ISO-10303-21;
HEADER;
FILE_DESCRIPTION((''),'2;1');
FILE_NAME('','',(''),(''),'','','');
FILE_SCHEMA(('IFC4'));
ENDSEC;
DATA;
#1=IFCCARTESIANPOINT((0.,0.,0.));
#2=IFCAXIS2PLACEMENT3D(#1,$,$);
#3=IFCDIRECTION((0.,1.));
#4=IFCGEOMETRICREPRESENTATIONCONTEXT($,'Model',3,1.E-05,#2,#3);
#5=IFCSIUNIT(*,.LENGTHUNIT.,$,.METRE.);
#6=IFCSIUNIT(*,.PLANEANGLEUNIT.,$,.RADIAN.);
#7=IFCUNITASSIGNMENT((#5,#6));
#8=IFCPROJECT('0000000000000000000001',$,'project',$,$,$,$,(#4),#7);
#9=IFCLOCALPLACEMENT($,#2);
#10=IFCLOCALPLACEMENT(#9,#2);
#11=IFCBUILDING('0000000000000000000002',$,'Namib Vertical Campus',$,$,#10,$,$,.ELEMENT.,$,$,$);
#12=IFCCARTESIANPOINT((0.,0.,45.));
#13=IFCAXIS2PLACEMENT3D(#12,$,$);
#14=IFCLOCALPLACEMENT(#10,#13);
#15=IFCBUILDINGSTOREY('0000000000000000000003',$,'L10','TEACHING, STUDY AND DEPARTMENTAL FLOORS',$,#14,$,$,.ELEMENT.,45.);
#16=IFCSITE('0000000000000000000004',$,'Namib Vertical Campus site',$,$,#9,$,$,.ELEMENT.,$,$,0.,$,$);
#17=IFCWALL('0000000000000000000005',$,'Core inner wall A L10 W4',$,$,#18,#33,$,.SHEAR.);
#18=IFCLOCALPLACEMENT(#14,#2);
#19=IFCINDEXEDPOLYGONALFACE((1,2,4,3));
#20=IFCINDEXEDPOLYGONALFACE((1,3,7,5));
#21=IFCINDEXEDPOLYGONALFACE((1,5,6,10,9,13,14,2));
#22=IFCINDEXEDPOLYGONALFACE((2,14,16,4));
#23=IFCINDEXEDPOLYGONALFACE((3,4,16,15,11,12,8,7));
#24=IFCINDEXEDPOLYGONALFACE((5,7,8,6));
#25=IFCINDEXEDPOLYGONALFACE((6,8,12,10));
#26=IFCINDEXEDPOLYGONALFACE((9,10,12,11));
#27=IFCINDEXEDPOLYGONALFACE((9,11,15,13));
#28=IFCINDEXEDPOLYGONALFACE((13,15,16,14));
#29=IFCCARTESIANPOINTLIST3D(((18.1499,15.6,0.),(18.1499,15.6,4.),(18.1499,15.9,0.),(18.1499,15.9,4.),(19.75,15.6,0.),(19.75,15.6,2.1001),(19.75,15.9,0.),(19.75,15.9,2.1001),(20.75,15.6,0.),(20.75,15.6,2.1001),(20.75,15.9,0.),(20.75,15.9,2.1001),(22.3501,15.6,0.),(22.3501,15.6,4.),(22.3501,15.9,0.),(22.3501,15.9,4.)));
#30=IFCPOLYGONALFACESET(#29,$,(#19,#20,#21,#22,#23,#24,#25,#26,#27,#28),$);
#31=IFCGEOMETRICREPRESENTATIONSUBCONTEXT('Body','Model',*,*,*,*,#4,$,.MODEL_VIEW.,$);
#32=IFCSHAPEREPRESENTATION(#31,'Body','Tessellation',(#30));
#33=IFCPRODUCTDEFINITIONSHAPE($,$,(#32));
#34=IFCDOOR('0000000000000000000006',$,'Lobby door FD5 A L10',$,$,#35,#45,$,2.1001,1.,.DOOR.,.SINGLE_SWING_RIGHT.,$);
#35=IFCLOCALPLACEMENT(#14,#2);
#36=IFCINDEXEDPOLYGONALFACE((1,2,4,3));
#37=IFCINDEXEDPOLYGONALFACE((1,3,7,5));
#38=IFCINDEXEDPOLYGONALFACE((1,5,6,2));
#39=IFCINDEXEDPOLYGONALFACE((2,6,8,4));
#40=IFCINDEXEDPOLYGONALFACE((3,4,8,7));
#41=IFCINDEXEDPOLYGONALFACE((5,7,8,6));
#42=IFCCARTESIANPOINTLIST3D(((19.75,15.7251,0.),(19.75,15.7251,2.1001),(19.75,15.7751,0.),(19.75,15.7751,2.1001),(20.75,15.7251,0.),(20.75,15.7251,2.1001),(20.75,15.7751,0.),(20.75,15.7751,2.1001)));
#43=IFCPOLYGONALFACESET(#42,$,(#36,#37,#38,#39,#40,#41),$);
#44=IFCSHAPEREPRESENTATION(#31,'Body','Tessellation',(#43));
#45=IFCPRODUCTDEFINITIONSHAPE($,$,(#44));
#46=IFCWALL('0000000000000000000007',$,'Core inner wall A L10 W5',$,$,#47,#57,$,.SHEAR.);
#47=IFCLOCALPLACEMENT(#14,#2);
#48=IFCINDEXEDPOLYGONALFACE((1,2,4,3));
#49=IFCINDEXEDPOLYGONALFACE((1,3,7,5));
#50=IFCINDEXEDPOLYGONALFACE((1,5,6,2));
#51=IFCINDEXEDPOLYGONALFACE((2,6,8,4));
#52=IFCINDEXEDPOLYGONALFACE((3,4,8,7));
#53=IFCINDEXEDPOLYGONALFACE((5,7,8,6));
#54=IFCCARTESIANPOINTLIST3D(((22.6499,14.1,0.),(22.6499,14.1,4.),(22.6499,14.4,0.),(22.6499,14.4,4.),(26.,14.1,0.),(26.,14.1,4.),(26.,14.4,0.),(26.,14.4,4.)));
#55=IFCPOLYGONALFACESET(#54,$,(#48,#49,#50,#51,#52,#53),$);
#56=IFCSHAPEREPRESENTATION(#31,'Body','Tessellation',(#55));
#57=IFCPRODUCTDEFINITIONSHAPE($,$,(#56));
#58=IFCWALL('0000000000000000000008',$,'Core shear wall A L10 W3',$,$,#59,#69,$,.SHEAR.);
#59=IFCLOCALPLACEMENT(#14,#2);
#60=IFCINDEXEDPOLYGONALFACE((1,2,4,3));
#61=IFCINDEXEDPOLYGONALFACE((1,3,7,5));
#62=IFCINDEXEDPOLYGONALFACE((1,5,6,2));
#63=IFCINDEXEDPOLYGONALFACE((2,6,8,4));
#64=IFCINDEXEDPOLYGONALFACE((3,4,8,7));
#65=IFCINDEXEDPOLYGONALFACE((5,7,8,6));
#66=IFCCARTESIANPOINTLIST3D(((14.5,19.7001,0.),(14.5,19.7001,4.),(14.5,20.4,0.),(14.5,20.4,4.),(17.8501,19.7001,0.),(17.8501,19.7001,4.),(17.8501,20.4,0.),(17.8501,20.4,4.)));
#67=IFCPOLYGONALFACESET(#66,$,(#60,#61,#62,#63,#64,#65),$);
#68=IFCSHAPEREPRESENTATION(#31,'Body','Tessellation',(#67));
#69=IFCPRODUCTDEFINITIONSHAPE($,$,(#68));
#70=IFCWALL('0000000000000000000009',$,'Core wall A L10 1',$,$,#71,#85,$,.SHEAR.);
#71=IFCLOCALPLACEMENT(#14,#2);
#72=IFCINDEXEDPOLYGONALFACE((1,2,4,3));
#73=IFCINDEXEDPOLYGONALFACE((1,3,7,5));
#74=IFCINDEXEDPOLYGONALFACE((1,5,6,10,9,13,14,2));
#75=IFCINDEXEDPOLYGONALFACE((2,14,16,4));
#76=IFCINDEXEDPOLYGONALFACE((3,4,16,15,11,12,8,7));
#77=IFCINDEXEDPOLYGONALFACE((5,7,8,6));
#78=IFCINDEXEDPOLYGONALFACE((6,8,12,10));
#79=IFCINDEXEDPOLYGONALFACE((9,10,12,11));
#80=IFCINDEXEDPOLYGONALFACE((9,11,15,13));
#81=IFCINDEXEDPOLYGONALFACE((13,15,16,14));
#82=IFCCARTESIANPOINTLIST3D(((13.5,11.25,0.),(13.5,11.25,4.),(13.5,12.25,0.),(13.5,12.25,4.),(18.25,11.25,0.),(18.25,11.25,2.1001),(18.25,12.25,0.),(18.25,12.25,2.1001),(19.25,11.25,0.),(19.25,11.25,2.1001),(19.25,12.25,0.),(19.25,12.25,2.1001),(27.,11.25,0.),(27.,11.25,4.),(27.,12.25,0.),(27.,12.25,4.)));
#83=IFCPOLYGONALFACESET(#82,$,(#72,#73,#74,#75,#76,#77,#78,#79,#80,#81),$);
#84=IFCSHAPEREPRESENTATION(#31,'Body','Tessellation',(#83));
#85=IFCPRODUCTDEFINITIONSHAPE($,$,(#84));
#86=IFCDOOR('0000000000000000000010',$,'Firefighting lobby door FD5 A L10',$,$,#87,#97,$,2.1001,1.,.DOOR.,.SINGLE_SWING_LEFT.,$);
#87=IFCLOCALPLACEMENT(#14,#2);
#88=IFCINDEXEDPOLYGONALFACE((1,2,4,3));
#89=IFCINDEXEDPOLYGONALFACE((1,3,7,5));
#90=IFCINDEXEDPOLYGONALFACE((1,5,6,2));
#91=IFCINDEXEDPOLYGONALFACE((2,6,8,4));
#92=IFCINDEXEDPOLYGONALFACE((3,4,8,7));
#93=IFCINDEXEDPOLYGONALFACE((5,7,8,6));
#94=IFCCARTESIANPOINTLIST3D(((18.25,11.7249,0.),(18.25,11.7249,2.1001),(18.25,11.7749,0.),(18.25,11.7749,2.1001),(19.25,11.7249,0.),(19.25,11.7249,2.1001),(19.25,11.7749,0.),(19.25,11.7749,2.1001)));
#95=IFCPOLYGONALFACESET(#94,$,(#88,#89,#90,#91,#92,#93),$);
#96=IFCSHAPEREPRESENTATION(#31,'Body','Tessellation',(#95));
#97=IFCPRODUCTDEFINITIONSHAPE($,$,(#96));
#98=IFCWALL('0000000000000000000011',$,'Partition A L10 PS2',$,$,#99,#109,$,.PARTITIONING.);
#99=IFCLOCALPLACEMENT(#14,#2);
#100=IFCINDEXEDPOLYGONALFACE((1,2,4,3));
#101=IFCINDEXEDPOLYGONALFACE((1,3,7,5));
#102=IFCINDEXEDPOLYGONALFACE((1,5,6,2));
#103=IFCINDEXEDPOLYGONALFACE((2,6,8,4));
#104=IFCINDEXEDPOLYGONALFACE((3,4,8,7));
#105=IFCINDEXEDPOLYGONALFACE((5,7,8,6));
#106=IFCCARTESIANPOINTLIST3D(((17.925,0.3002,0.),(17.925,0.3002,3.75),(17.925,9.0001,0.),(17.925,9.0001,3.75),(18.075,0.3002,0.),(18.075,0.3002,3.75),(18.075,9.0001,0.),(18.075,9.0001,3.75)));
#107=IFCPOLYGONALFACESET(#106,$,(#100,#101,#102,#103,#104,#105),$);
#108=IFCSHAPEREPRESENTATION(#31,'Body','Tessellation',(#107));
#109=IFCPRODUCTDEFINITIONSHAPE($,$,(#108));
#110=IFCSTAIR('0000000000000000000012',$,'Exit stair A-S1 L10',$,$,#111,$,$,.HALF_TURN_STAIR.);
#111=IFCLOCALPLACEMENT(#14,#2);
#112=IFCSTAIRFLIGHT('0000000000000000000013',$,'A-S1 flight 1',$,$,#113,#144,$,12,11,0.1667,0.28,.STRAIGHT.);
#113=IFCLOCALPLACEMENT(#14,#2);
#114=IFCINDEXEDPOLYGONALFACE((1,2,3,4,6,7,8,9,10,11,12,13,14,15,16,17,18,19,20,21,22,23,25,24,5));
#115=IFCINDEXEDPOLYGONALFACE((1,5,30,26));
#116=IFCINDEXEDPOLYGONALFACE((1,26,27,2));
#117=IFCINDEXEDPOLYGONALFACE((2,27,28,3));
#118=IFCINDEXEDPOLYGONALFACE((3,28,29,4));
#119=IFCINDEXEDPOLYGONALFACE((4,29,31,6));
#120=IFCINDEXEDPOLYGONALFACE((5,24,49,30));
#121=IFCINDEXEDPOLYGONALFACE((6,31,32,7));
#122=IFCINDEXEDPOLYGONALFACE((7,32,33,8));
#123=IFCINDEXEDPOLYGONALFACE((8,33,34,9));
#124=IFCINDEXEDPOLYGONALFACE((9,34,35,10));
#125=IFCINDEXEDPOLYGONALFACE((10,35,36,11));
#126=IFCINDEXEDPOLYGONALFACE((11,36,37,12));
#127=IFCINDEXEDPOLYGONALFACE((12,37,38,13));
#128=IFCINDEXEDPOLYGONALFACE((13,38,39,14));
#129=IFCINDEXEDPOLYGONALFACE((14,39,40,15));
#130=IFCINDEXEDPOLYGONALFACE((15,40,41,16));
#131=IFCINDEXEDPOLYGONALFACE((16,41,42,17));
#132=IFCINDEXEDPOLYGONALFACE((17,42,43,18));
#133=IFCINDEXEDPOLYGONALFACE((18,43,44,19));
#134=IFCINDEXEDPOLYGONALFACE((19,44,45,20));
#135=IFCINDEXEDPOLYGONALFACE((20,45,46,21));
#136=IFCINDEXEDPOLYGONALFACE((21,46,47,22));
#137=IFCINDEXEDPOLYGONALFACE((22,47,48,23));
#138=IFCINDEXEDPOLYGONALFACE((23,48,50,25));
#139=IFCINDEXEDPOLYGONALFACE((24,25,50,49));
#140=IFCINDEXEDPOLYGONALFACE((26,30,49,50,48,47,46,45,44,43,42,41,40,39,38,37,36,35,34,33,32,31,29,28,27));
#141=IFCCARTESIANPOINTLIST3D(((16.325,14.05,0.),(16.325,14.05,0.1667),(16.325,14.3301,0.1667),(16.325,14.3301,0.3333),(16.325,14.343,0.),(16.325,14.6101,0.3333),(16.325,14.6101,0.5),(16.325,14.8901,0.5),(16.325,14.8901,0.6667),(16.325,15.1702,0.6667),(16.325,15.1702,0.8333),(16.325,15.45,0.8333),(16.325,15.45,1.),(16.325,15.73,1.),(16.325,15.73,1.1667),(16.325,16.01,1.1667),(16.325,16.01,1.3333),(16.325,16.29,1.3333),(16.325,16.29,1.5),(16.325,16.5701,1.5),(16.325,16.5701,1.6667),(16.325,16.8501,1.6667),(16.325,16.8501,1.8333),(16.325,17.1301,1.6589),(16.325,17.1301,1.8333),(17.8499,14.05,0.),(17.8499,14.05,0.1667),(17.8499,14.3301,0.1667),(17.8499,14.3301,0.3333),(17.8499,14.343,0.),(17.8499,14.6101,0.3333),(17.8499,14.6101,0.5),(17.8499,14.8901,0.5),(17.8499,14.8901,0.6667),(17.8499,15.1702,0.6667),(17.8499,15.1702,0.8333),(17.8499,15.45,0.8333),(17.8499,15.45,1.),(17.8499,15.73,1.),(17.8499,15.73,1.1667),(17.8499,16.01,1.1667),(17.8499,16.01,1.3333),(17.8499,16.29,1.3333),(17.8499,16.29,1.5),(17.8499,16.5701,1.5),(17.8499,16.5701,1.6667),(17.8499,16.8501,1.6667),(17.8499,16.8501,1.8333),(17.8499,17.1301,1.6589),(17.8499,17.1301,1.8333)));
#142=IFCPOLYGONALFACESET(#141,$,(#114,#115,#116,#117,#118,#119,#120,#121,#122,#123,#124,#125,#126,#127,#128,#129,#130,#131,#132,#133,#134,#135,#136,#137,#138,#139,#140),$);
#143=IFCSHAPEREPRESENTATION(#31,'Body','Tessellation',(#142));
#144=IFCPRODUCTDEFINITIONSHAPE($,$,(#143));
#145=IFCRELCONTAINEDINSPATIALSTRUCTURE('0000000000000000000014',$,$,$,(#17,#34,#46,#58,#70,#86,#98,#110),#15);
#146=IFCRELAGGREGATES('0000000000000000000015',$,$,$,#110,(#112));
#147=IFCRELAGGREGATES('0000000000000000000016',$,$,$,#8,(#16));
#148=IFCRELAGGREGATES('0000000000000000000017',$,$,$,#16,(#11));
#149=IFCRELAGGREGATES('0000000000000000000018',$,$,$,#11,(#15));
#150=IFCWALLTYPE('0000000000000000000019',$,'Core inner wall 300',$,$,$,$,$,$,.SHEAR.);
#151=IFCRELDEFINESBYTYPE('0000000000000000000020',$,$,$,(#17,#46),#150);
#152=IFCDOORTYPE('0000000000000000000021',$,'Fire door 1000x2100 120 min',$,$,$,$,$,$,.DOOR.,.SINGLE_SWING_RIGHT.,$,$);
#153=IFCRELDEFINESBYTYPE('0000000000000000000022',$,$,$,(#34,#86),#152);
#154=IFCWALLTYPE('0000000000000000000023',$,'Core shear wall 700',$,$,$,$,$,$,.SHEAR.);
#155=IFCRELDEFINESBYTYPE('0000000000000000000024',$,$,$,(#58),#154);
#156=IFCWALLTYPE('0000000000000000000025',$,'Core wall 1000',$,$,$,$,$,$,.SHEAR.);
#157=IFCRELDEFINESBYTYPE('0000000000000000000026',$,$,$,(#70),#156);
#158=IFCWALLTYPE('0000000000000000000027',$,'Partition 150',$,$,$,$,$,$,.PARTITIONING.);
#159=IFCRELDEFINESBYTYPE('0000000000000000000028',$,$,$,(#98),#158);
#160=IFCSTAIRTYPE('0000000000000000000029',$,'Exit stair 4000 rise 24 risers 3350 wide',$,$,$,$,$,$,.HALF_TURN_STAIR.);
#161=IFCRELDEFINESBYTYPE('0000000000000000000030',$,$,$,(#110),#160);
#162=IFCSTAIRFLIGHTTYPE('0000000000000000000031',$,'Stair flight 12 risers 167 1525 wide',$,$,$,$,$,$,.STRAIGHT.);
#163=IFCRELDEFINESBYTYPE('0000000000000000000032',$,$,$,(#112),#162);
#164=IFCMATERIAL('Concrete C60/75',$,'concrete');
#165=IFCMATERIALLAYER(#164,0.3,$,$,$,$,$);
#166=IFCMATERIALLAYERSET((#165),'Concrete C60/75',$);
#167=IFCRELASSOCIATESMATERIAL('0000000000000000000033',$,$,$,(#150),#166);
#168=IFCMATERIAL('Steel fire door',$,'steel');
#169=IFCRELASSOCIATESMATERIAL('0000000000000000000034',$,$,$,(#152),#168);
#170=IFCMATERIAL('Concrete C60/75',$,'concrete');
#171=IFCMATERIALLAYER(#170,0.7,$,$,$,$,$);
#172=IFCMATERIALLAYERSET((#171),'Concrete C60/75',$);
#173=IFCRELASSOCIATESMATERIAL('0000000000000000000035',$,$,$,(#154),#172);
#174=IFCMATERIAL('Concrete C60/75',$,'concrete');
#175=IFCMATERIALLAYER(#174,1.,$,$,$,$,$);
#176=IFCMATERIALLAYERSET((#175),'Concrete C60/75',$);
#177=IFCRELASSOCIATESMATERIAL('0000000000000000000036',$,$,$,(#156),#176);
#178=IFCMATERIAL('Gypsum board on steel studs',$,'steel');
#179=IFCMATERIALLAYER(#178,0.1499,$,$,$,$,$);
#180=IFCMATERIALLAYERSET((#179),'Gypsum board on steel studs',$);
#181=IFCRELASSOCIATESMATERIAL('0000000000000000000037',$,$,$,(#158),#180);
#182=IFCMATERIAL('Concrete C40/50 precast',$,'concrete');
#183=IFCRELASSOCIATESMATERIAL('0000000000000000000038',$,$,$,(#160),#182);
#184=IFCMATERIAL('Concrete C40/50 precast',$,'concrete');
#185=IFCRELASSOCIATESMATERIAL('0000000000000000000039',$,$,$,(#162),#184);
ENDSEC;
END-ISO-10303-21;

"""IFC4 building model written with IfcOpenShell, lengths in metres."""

from ifc_helpers import new_model, si_unit, direction, frame, frame_2d, origin, place, context, subcontext, project, spatial, polyline, rectangle, outline, extrude, material, layer, layer_set, type_object, element, fill, aggregate, save


model = new_model("IFC4")

# Units and contexts
model_context = context("Model", 3, precision=1e-05, world=origin(), true_north=direction((0.0, 1.0)))
body_context = subcontext(model_context, "Body", "Model", "MODEL_VIEW")
ifc_project = project(units=[si_unit("LENGTHUNIT", "METRE"), si_unit("PLANEANGLEUNIT", "RADIAN")], contexts=[model_context])

# Site, building, storey
site_placement = place(None, origin())
site = spatial("IfcSite", under=ifc_project, at=site_placement, Name="Namib Vertical Campus site", CompositionType="ELEMENT", RefElevation=0.0)
building_placement = place(site_placement, origin())
building = spatial("IfcBuilding", under=site, at=building_placement, Name="Namib Vertical Campus", CompositionType="ELEMENT")
storey_placement = place(building_placement, frame((0.0, 0.0, 45.0)))
storey = spatial("IfcBuildingStorey", under=building, at=storey_placement, Name="L10", Description="TEACHING, STUDY AND DEPARTMENTAL FLOORS", CompositionType="ELEMENT", Elevation=45.0)

# Shared definitions
ifc_material_1 = material(Name="Concrete C60/75", Category="concrete")
ifc_layer_1 = layer(ifc_material_1, 0.3)
ifc_layer_set_1 = layer_set([ifc_layer_1], Name="Concrete C60/75")
wall_type_1 = type_object("IfcWallType", Name="Core inner wall 300", PredefinedType="SHEAR", material=ifc_layer_set_1)

# Wall, opening, door
wall_1_placement = place(storey_placement, frame((18.1499, 15.75, 0.0), z_axis=(0.0, 0.0, 1.0), x_axis=(1.0, 0.0, 0.0)))
wall_1 = element("IfcWall", 1, at=wall_1_placement, inside=storey, type_object=wall_type_1, Name="Core inner wall A L10 W4", PredefinedType="SHEAR", context=body_context, shape_type="SweptSolid", body=[
    extrude(rectangle(XDim=4.2002, YDim=0.3, at=frame_2d((2.1001, 0.0))), origin(), (0.0, 0.0, 1.0), 4.0),
])
opening_1_placement = place(wall_1_placement, frame((1.6001, 0.0, 0.0)))
opening_1 = element("IfcOpeningElement", 2, at=opening_1_placement, cuts=wall_1, PredefinedType="OPENING", context=body_context, shape_type="SweptSolid", body=[
    extrude(rectangle(XDim=1.0, YDim=2.1001, at=frame_2d((0.5, 1.05))), frame((0.0, 0.1599, 0.0), z_axis=(0.0, -1.0, 0.0), x_axis=(1.0, 0.0, 0.0)), (0.0, 0.0, 1.0), 0.3201),
])
ifc_material_2 = material(Name="Steel fire door", Category="steel")
door_type_1 = type_object("IfcDoorType", Name="Fire door 1000x2100 120 min", OperationType="SINGLE_SWING_RIGHT", PredefinedType="DOOR", material=ifc_material_2)
door_1_placement = place(opening_1_placement, frame((1.0, 0.0, 0.0), z_axis=(0.0, 0.0, 1.0), x_axis=(-1.0, 0.0, 0.0)))
door_1 = element("IfcDoor", 3, at=door_1_placement, inside=storey, type_object=door_type_1, Name="Lobby door FD5 A L10", OperationType="SINGLE_SWING_RIGHT", OverallHeight=2.1001, OverallWidth=1.0, PredefinedType="DOOR", context=body_context, shape_type="SweptSolid", body=[
    extrude(rectangle(XDim=1.0, YDim=2.1001, at=frame_2d((0.5, 1.05))), frame((0.0, 0.0249, 0.0), z_axis=(0.0, -1.0, 0.0), x_axis=(1.0, 0.0, 0.0)), (0.0, 0.0, 1.0), 0.05),
])
fill(opening_1, door_1)

# Walls
wall_2_placement = place(storey_placement, frame((22.6499, 14.25, 0.0), z_axis=(0.0, 0.0, 1.0), x_axis=(1.0, 0.0, 0.0)))
element("IfcWall", 4, at=wall_2_placement, inside=storey, type_object=wall_type_1, Name="Core inner wall A L10 W5", PredefinedType="SHEAR", context=body_context, shape_type="SweptSolid", body=[
    extrude(rectangle(XDim=3.3501, YDim=0.3, at=frame_2d((1.675, 0.0))), origin(), (0.0, 0.0, 1.0), 4.0),
])
ifc_material_3 = material(Name="Concrete C60/75", Category="concrete")
ifc_layer_2 = layer(ifc_material_3, 0.7)
ifc_layer_set_2 = layer_set([ifc_layer_2], Name="Concrete C60/75")
wall_type_2 = type_object("IfcWallType", Name="Core shear wall 700", PredefinedType="SHEAR", material=ifc_layer_set_2)
wall_3_placement = place(storey_placement, frame((14.5, 20.05, 0.0), z_axis=(0.0, 0.0, 1.0), x_axis=(1.0, 0.0, 0.0)))
element("IfcWall", 5, at=wall_3_placement, inside=storey, type_object=wall_type_2, Name="Core shear wall A L10 W3", PredefinedType="SHEAR", context=body_context, shape_type="SweptSolid", body=[
    extrude(rectangle(XDim=3.3501, YDim=0.7, at=frame_2d((1.675, 0.0))), origin(), (0.0, 0.0, 1.0), 4.0),
])

# Wall, opening, door
ifc_material_4 = material(Name="Concrete C60/75", Category="concrete")
ifc_layer_3 = layer(ifc_material_4, 1.0)
ifc_layer_set_3 = layer_set([ifc_layer_3], Name="Concrete C60/75")
wall_type_3 = type_object("IfcWallType", Name="Core wall 1000", PredefinedType="SHEAR", material=ifc_layer_set_3)
wall_4_placement = place(storey_placement, frame((13.5, 11.75, 0.0), z_axis=(0.0, 0.0, 1.0), x_axis=(1.0, 0.0, 0.0)))
wall_4 = element("IfcWall", 6, at=wall_4_placement, inside=storey, type_object=wall_type_3, Name="Core wall A L10 1", PredefinedType="SHEAR", context=body_context, shape_type="SweptSolid", body=[
    extrude(rectangle(XDim=13.5, YDim=1.0, at=frame_2d((6.75, 0.0))), origin(), (0.0, 0.0, 1.0), 4.0),
])
opening_2_placement = place(wall_4_placement, frame((4.75, 0.0, 0.0)))
opening_2 = element("IfcOpeningElement", 7, at=opening_2_placement, cuts=wall_4, PredefinedType="OPENING", context=body_context, shape_type="SweptSolid", body=[
    extrude(rectangle(XDim=1.0, YDim=2.1001, at=frame_2d((0.5, 1.05))), frame((0.0, 0.51, 0.0), z_axis=(0.0, -1.0, 0.0), x_axis=(1.0, 0.0, 0.0)), (0.0, 0.0, 1.0), 1.02),
])
door_2_placement = place(opening_2_placement, origin())
door_2 = element("IfcDoor", 8, at=door_2_placement, inside=storey, type_object=door_type_1, Name="Firefighting lobby door FD5 A L10", OperationType="SINGLE_SWING_LEFT", OverallHeight=2.1001, OverallWidth=1.0, PredefinedType="DOOR", context=body_context, shape_type="SweptSolid", body=[
    extrude(rectangle(XDim=1.0, YDim=2.1001, at=frame_2d((0.5, 1.05))), frame((0.0, 0.0249, 0.0), z_axis=(0.0, -1.0, 0.0), x_axis=(1.0, 0.0, 0.0)), (0.0, 0.0, 1.0), 0.05),
])
fill(opening_2, door_2)

# Wall
ifc_material_5 = material(Name="Gypsum board on steel studs", Category="steel")
ifc_layer_4 = layer(ifc_material_5, 0.1499)
ifc_layer_set_4 = layer_set([ifc_layer_4], Name="Gypsum board on steel studs")
wall_type_4 = type_object("IfcWallType", Name="Partition 150", PredefinedType="PARTITIONING", material=ifc_layer_set_4)
wall_5_placement = place(storey_placement, frame((18.0, 0.3, 0.0), z_axis=(0.0, 0.0, 1.0), x_axis=(0.0, 1.0, 0.0)))
element("IfcWall", 9, at=wall_5_placement, inside=storey, type_object=wall_type_4, Name="Partition A L10 PS2", PredefinedType="PARTITIONING", context=body_context, shape_type="SweptSolid", body=[
    extrude(rectangle(XDim=8.7, YDim=0.1499, at=frame_2d((4.3501, 0.0))), origin(), (0.0, 0.0, 1.0), 3.75),
])

# Stair, stair flight
ifc_material_6 = material(Name="Concrete C40/50 precast", Category="concrete")
stair_type = type_object("IfcStairType", Name="Exit stair 4000 rise 24 risers 3350 wide", PredefinedType="HALF_TURN_STAIR", material=ifc_material_6)
stair_placement = place(storey_placement, origin())
stair = element("IfcStair", 10, at=stair_placement, inside=storey, type_object=stair_type, Name="Exit stair A-S1 L10", PredefinedType="HALF_TURN_STAIR")
ifc_material_7 = material(Name="Concrete C40/50 precast", Category="concrete")
stair_flight_type = type_object("IfcStairFlightType", Name="Stair flight 12 risers 167 1525 wide", PredefinedType="STRAIGHT", material=ifc_material_7)
stair_flight_1_placement = place(storey_placement, frame((17.0874, 14.05, 0.0), z_axis=(0.0, 0.0, 1.0), x_axis=(0.0, 1.0, 0.0)))
stair_flight_1 = element("IfcStairFlight", 11, at=stair_flight_1_placement, type_object=stair_flight_type, Name="A-S1 flight 1", NumberOfRisers=12, NumberOfTreads=11, PredefinedType="STRAIGHT", RiserHeight=0.1667, TreadLength=0.28, context=body_context, shape_type="SweptSolid", body=[
    extrude(outline(polyline([(0.0, 0.0), (0.0, 0.1667), (0.28, 0.1667), (0.28, 0.3333), (0.5601, 0.3333), (0.5601, 0.5), (0.8401, 0.5), (0.8401, 0.6667), (1.1201, 0.6667), (1.1201, 0.8333), (1.3999, 0.8333), (1.3999, 1.0), (1.6799, 1.0), (1.6799, 1.1667), (1.96, 1.1667), (1.96, 1.3333), (2.24, 1.3333), (2.24, 1.5), (2.52, 1.5), (2.52, 1.6667), (2.8, 1.6667), (2.8, 1.8333), (3.0801, 1.8333), (3.0801, 2.0), (3.0801, 1.6589), (0.293, 0.0), (0.0, 0.0)])), frame((0.0, 0.7625, 0.0), z_axis=(0.0, -1.0, 0.0), x_axis=(1.0, 0.0, 0.0)), (0.0, 0.0, 1.0), 1.5249),
])
aggregate(stair, [stair_flight_1])

save(model, "model.ifc")
